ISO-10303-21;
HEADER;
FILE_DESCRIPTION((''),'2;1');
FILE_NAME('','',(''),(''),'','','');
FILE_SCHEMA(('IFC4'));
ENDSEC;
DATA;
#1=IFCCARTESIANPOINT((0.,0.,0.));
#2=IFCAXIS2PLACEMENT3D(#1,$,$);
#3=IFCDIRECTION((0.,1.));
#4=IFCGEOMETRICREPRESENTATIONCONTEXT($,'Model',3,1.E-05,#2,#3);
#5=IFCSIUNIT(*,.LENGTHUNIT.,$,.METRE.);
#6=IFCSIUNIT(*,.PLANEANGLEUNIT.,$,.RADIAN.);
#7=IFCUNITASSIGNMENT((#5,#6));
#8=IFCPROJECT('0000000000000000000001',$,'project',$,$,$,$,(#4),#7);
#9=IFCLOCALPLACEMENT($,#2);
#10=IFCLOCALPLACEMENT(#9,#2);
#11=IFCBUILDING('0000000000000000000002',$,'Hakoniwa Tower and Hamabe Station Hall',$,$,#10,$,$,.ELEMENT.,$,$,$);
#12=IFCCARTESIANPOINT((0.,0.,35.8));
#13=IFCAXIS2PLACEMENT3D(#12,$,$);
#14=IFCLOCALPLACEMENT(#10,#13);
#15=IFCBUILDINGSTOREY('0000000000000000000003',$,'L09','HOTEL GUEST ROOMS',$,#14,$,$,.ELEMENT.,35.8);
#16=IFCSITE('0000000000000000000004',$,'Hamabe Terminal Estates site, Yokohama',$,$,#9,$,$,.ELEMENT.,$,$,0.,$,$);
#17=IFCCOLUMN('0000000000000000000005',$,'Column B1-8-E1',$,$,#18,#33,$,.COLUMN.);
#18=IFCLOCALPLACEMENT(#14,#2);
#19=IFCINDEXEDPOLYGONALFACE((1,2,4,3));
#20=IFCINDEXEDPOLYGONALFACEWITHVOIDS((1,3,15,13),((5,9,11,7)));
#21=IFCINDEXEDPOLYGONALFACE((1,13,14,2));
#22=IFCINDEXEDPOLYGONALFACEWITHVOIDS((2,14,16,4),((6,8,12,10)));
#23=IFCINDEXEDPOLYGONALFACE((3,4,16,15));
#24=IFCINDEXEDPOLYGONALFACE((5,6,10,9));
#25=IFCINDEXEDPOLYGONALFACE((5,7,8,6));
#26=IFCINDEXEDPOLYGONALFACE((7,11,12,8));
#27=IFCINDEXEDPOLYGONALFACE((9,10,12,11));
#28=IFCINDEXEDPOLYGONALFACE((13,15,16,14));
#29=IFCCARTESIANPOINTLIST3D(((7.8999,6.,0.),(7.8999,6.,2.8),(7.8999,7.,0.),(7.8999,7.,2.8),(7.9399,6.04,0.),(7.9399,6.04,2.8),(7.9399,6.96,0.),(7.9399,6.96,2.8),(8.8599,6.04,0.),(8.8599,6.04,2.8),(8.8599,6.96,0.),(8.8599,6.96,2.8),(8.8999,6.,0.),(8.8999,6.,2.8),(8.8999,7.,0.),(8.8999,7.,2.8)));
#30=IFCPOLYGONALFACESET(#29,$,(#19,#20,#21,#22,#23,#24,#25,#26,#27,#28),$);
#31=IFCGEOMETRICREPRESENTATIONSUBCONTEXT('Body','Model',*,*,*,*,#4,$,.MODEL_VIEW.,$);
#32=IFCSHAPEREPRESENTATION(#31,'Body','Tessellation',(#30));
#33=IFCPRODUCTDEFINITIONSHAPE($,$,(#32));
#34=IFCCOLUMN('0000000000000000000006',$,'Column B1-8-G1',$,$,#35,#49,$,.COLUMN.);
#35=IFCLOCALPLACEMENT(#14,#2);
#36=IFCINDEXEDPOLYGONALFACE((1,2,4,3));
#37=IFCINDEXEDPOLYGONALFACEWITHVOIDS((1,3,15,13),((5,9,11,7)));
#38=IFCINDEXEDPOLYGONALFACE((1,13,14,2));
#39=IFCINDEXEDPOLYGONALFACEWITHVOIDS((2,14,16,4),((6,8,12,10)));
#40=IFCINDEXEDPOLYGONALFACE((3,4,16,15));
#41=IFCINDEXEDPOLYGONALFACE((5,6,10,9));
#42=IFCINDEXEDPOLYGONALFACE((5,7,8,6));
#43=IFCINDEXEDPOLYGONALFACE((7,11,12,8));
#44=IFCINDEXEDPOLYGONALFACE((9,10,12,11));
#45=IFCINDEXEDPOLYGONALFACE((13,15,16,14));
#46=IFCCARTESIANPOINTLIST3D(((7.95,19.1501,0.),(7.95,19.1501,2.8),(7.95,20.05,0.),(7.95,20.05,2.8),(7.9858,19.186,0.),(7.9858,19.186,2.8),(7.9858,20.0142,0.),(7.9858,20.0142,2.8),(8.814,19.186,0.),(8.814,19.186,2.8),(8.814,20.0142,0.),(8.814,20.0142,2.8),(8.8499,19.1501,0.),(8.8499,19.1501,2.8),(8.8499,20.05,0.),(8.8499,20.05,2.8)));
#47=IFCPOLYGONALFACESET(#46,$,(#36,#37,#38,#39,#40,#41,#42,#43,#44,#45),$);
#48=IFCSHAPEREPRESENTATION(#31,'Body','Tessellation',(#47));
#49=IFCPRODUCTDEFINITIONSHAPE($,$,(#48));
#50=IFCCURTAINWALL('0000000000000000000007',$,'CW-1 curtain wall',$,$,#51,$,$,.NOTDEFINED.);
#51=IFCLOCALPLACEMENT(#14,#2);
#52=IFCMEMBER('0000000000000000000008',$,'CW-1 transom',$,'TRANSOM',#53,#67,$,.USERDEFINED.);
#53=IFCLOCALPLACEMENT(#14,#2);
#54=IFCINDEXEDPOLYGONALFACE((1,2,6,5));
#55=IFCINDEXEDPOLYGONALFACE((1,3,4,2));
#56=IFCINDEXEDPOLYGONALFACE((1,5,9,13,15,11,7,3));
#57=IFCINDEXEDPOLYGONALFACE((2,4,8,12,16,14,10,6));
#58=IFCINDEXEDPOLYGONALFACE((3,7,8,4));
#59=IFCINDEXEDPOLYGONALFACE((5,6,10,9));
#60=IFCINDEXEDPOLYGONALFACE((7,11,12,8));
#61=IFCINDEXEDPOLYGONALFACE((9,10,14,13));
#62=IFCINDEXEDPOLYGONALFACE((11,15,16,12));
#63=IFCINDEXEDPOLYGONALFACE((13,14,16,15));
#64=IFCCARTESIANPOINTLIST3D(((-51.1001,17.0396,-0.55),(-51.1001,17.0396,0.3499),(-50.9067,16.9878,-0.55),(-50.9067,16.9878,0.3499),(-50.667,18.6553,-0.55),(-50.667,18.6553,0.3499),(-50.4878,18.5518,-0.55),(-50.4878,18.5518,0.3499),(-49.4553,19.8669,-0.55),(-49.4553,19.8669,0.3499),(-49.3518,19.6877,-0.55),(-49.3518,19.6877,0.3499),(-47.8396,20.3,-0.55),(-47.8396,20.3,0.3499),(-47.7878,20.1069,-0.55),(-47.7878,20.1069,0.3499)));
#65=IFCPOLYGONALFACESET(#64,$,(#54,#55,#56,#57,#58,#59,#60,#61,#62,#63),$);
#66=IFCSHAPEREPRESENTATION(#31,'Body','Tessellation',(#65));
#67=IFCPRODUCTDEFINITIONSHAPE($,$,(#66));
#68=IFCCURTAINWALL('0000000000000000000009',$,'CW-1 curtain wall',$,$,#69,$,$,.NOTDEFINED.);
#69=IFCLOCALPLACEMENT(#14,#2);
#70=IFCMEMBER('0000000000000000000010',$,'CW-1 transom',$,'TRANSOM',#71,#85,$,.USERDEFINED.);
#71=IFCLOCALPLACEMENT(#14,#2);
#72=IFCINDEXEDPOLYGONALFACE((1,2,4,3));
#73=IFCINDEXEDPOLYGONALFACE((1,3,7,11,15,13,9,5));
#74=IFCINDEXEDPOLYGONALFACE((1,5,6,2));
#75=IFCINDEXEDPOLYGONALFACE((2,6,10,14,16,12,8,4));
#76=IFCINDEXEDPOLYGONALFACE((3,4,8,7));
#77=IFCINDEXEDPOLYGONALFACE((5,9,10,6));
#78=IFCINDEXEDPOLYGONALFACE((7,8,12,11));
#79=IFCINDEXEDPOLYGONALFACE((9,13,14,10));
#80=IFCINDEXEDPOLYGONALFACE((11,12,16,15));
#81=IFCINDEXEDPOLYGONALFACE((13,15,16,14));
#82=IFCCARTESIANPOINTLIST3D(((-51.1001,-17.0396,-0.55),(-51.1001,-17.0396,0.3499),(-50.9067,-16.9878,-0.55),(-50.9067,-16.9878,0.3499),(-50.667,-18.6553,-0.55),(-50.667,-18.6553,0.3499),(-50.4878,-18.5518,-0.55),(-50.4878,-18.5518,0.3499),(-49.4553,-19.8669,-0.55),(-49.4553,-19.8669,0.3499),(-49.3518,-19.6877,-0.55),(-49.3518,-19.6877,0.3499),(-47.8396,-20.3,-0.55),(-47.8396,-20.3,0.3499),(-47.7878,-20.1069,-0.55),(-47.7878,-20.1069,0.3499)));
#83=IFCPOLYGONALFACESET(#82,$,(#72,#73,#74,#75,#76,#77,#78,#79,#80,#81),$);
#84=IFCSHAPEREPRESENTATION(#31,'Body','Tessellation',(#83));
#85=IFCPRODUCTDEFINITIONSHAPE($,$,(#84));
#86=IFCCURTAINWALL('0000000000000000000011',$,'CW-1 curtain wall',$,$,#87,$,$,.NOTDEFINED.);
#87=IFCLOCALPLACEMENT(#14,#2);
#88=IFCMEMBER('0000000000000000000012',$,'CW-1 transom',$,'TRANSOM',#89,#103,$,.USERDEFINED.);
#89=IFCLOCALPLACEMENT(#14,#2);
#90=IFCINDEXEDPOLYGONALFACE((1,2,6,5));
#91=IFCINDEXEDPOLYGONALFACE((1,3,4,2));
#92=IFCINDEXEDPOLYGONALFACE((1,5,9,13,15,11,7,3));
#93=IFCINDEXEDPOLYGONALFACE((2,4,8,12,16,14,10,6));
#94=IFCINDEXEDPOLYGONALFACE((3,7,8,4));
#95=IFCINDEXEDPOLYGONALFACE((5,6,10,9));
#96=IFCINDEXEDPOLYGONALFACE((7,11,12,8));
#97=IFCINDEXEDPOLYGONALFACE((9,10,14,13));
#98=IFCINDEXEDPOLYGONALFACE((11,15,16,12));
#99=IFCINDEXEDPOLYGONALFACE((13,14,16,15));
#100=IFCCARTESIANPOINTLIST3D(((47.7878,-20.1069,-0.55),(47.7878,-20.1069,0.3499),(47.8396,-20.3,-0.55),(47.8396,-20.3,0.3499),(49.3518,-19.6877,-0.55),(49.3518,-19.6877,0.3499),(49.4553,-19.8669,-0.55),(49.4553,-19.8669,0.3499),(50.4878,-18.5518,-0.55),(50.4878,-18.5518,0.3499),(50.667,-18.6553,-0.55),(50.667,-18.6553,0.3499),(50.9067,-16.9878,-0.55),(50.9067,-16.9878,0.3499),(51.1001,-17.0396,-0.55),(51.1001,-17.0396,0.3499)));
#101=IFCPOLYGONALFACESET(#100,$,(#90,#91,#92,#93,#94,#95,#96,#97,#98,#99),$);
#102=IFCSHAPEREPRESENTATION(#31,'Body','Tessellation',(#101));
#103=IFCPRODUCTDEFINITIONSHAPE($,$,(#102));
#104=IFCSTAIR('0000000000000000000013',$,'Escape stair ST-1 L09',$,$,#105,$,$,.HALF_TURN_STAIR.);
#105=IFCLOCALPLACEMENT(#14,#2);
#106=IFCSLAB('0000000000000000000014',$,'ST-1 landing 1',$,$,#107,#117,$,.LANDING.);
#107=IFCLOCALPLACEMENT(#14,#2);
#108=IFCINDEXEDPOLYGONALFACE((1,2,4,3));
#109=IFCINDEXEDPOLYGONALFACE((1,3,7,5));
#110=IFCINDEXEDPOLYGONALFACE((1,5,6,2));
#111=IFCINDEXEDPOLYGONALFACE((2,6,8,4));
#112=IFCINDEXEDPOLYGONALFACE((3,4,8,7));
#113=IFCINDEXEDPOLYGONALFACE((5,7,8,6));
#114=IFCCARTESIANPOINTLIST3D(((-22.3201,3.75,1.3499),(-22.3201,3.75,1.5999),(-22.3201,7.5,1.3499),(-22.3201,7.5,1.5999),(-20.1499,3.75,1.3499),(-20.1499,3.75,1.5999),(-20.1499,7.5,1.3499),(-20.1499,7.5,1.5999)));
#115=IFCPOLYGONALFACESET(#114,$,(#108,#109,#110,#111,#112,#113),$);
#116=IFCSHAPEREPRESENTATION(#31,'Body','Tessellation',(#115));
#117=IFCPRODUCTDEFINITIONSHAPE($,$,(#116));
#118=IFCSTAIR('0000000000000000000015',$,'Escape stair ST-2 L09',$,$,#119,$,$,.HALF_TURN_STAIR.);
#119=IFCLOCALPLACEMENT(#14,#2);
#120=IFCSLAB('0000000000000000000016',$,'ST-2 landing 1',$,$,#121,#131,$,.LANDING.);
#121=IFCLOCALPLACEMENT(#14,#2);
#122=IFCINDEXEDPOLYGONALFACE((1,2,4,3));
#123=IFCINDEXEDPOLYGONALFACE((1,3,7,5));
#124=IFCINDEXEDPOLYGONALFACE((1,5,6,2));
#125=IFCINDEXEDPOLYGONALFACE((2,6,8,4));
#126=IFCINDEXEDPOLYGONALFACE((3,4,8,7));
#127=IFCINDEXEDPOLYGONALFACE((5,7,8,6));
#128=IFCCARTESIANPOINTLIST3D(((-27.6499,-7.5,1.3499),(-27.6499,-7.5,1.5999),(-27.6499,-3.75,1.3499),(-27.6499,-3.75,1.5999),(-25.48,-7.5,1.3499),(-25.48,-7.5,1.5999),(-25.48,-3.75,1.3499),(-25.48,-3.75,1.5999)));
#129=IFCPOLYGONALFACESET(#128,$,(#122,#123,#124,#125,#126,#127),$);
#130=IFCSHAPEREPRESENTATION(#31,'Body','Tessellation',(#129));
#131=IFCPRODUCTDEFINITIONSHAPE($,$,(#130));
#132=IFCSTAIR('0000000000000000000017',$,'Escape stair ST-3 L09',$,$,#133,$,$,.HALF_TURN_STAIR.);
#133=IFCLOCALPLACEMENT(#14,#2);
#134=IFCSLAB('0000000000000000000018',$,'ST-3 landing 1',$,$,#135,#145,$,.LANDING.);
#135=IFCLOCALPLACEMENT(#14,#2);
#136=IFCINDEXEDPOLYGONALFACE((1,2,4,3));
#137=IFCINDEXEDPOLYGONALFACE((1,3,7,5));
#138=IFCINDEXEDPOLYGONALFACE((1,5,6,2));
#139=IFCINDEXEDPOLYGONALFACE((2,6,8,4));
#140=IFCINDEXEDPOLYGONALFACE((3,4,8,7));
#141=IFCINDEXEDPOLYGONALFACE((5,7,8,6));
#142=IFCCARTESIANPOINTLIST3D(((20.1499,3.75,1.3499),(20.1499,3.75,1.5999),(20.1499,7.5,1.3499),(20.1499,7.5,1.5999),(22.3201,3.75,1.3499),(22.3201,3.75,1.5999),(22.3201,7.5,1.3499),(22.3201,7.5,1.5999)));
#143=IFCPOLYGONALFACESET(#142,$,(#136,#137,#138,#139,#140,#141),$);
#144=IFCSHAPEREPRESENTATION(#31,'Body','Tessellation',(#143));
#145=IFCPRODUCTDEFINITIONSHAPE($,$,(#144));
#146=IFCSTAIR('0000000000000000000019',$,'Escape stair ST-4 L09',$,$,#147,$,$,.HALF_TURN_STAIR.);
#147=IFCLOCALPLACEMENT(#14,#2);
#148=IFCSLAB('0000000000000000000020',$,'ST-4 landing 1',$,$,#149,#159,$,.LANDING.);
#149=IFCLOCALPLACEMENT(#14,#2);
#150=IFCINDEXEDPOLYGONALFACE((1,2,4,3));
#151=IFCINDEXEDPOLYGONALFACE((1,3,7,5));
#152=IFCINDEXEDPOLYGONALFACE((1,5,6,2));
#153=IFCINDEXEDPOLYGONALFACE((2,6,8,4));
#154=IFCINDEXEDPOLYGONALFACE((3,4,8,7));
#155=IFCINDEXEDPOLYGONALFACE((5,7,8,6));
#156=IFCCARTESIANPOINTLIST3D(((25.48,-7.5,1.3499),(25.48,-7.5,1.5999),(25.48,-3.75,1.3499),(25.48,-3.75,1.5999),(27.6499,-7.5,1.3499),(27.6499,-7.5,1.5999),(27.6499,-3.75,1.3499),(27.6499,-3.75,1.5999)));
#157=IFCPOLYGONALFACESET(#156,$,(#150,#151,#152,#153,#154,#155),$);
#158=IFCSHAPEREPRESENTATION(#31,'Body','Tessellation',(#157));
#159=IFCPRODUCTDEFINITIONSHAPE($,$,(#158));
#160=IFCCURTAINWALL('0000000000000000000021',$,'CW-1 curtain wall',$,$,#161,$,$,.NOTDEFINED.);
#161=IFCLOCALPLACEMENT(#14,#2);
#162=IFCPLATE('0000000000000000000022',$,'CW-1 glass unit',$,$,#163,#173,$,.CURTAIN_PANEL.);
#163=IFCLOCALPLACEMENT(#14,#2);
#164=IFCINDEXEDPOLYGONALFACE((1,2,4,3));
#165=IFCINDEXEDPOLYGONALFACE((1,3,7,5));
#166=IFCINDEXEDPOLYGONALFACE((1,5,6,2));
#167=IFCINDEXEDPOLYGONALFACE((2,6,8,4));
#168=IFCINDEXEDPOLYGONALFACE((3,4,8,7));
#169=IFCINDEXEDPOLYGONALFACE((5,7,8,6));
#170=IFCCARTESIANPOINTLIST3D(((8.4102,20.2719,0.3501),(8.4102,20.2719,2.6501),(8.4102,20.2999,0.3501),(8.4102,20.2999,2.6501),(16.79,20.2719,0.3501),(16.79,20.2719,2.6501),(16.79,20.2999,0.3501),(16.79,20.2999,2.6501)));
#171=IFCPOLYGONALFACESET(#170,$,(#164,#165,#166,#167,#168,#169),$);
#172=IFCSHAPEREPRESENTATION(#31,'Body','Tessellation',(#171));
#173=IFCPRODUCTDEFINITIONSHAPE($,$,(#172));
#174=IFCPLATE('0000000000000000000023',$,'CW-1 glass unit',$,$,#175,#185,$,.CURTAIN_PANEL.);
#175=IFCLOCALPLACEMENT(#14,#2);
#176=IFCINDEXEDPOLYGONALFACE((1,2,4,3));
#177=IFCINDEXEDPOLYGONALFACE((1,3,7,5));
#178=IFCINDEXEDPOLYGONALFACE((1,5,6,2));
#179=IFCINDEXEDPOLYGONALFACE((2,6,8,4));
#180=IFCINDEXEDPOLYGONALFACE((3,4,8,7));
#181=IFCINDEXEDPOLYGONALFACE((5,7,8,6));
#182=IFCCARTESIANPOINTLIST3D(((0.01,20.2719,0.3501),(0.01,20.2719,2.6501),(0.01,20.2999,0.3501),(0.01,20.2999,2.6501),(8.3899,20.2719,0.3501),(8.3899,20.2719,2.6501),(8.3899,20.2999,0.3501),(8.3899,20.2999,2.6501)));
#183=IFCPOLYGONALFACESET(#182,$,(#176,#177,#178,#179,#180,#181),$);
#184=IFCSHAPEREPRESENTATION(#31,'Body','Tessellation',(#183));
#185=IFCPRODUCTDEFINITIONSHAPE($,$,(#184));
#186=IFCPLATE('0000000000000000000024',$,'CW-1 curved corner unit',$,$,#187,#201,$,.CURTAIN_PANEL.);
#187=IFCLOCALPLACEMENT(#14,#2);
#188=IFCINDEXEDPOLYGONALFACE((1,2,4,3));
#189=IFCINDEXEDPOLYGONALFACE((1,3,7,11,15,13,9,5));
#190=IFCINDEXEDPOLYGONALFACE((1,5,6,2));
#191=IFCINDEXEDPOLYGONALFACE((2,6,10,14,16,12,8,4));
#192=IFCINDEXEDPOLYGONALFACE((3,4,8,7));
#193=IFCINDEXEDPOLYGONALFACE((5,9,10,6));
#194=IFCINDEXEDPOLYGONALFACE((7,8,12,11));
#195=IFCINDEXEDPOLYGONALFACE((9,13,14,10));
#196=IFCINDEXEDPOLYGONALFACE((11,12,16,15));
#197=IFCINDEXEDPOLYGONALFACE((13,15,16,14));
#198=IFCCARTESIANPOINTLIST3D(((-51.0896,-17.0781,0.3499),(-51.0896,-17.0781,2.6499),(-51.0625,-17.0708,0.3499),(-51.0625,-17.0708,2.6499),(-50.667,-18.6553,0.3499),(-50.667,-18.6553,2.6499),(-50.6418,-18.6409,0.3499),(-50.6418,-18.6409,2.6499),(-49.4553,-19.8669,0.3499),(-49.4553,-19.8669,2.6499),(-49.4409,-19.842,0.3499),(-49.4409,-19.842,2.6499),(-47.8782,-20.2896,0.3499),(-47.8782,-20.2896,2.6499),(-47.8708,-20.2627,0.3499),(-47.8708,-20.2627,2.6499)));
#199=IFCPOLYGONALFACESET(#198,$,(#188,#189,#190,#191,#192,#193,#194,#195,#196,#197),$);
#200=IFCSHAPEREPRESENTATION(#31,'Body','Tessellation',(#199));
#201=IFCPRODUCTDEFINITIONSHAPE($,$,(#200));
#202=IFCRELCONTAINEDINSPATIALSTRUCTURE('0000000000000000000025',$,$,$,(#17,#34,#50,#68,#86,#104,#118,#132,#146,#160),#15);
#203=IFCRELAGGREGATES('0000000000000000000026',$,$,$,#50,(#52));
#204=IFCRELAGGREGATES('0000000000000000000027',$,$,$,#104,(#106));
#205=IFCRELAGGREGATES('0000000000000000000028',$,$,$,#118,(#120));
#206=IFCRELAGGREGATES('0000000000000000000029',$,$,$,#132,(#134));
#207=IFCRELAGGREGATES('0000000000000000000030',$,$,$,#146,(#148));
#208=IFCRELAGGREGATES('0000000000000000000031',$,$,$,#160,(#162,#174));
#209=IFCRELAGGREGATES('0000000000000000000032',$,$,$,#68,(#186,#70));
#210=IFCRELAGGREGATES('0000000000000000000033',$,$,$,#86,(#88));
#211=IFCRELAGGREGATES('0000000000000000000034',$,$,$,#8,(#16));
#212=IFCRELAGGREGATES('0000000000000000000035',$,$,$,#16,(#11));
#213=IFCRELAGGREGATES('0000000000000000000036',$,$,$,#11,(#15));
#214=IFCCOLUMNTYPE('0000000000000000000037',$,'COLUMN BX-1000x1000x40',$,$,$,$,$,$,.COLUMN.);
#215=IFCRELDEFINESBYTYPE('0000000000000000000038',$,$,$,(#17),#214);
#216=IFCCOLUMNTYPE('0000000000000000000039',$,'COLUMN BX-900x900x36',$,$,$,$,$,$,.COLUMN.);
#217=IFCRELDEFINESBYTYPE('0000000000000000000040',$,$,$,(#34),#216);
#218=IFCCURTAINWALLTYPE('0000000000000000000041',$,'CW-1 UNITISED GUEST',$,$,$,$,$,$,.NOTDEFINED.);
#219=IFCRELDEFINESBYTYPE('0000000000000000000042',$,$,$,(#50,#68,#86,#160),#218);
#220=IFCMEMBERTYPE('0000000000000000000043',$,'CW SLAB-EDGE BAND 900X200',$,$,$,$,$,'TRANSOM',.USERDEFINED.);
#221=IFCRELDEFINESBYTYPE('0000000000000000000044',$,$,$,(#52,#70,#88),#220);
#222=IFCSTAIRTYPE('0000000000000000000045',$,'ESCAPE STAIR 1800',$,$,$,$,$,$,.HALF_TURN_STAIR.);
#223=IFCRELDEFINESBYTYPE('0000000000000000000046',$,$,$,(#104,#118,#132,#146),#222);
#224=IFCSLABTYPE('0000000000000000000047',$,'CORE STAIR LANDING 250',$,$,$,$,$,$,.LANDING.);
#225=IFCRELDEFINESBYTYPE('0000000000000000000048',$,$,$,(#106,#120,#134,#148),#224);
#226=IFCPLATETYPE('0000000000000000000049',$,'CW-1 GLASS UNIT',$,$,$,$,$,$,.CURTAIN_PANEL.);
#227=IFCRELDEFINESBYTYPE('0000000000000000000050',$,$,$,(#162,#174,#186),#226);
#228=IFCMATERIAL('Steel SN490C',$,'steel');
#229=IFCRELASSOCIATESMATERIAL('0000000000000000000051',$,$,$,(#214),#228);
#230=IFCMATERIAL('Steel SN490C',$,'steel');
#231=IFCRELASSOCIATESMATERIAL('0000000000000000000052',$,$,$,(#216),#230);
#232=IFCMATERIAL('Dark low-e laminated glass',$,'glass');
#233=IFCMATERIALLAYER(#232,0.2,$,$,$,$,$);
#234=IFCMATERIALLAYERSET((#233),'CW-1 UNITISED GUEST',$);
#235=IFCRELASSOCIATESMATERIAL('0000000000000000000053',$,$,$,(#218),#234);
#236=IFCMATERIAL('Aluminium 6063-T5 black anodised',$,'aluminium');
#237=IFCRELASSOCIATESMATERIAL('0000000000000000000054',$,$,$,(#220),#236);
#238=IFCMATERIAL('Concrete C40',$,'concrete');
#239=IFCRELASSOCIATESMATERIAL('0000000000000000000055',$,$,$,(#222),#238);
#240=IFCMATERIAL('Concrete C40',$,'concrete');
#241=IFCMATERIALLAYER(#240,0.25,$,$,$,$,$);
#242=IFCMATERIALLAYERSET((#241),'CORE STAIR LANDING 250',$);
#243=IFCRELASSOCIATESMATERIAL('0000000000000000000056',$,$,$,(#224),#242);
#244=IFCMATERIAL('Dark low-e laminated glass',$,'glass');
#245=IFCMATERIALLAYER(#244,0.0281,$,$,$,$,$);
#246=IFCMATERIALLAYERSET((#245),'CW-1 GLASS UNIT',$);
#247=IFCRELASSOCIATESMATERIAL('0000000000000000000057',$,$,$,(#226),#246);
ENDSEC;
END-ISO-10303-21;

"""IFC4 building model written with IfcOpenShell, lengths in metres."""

from ifc_helpers import new_model, si_unit, direction, frame, origin, origin_2d, place, context, subcontext, project, spatial, polyline, rectangle, hollow_rectangle, outline, extrude, material, layer, layer_set, material_profile, profile_set, type_object, element, aggregate, save


model = new_model("IFC4")

# Units and contexts
model_context = context("Model", 3, precision=1e-05, world=origin(), true_north=direction((0.0, 1.0)))
body_context = subcontext(model_context, "Body", "Model", "MODEL_VIEW")
ifc_project = project(units=[si_unit("LENGTHUNIT", "METRE"), si_unit("PLANEANGLEUNIT", "RADIAN")], contexts=[model_context])

# Site, building, storey
site_placement = place(None, origin())
site = spatial("IfcSite", under=ifc_project, at=site_placement, Name="Hamabe Terminal Estates site, Yokohama", CompositionType="ELEMENT", RefElevation=0.0)
building_placement = place(site_placement, origin())
building = spatial("IfcBuilding", under=site, at=building_placement, Name="Hakoniwa Tower and Hamabe Station Hall", CompositionType="ELEMENT")
storey_placement = place(building_placement, frame((0.0, 0.0, 35.8)))
storey = spatial("IfcBuildingStorey", under=building, at=storey_placement, Name="L09", Description="HOTEL GUEST ROOMS", CompositionType="ELEMENT", Elevation=35.8)

# Columns
ifc_material_1 = material(Name="Steel SN490C", Category="steel")
ifc_material_profile_1 = material_profile(ifc_material_1, hollow_rectangle(XDim=1.0, YDim=1.0, WallThickness=0.04, at=origin_2d()), Name="BX-1000x1000x40")
ifc_profile_set_1 = profile_set([ifc_material_profile_1], Name="Steel SN490C")
column_type_1 = type_object("IfcColumnType", Name="COLUMN BX-1000x1000x40", PredefinedType="COLUMN", material=ifc_profile_set_1)
column_1_placement = place(storey_placement, frame((8.3999, 6.5, 0.0), z_axis=(0.0, 0.0, 1.0), x_axis=(1.0, 0.0, 0.0)))
element("IfcColumn", 1, at=column_1_placement, inside=storey, type_object=column_type_1, Name="Column B1-8-E1", PredefinedType="COLUMN", context=body_context, shape_type="SweptSolid", body=[
    extrude(hollow_rectangle(XDim=1.0, YDim=1.0, WallThickness=0.04, at=origin_2d()), origin(), (0.0, 0.0, 1.0), 2.8),
])
ifc_material_2 = material(Name="Steel SN490C", Category="steel")
ifc_material_profile_2 = material_profile(ifc_material_2, hollow_rectangle(XDim=0.8999, YDim=0.8999, WallThickness=0.0359, at=origin_2d()), Name="BX-900x900x36")
ifc_profile_set_2 = profile_set([ifc_material_profile_2], Name="Steel SN490C")
column_type_2 = type_object("IfcColumnType", Name="COLUMN BX-900x900x36", PredefinedType="COLUMN", material=ifc_profile_set_2)
column_2_placement = place(storey_placement, frame((8.3999, 19.6001, 0.0), z_axis=(0.0, 0.0, 1.0), x_axis=(1.0, 0.0, 0.0)))
element("IfcColumn", 2, at=column_2_placement, inside=storey, type_object=column_type_2, Name="Column B1-8-G1", PredefinedType="COLUMN", context=body_context, shape_type="SweptSolid", body=[
    extrude(hollow_rectangle(XDim=0.8999, YDim=0.8999, WallThickness=0.0359, at=origin_2d()), origin(), (0.0, 0.0, 1.0), 2.8),
])

# Curtain walls, members
ifc_material_3 = material(Name="Dark low-e laminated glass", Category="glass")
ifc_layer_1 = layer(ifc_material_3, 0.2)
ifc_layer_set_1 = layer_set([ifc_layer_1], Name="CW-1 UNITISED GUEST")
curtain_wall_type = type_object("IfcCurtainWallType", Name="CW-1 UNITISED GUEST", PredefinedType="NOTDEFINED", material=ifc_layer_set_1)
curtain_wall_1_placement = place(storey_placement, origin())
curtain_wall_1 = element("IfcCurtainWall", 3, at=curtain_wall_1_placement, inside=storey, type_object=curtain_wall_type, Name="CW-1 curtain wall", PredefinedType="NOTDEFINED")
ifc_material_4 = material(Name="Aluminium 6063-T5 black anodised", Category="aluminium")
ifc_material_profile_3 = material_profile(ifc_material_4, rectangle(XDim=0.2, YDim=0.8999, at=origin_2d()), Name="CW SLAB-EDGE BAND 900X200")
ifc_profile_set_3 = profile_set([ifc_material_profile_3], Name="Aluminium 6063-T5 black anodised")
member_type = type_object("IfcMemberType", Name="CW SLAB-EDGE BAND 900X200", ElementType="TRANSOM", PredefinedType="USERDEFINED", material=ifc_profile_set_3)
member_1_placement = place(storey_placement, frame((0.0, 0.0, -0.55)))
member_1 = element("IfcMember", 4, at=member_1_placement, type_object=member_type, Name="CW-1 transom", ObjectType="TRANSOM", PredefinedType="USERDEFINED", context=body_context, shape_type="SweptSolid", body=[
    extrude(outline(polyline([(-47.8396, 20.3), (-49.4553, 19.8669), (-50.667, 18.6553), (-51.1001, 17.0396), (-50.9067, 16.9878), (-50.4878, 18.5518), (-49.3518, 19.6877), (-47.7878, 20.1069), (-47.8396, 20.3)])), origin(), (0.0, 0.0, 1.0), 0.8999),
])
aggregate(curtain_wall_1, [member_1])
curtain_wall_2_placement = place(storey_placement, origin())
curtain_wall_2 = element("IfcCurtainWall", 5, at=curtain_wall_2_placement, inside=storey, type_object=curtain_wall_type, Name="CW-1 curtain wall", PredefinedType="NOTDEFINED")
member_2_placement = place(storey_placement, frame((0.0, 0.0, -0.55)))
member_2 = element("IfcMember", 6, at=member_2_placement, type_object=member_type, Name="CW-1 transom", ObjectType="TRANSOM", PredefinedType="USERDEFINED", context=body_context, shape_type="SweptSolid", body=[
    extrude(outline(polyline([(-51.1001, -17.0396), (-50.667, -18.6553), (-49.4553, -19.8669), (-47.8396, -20.3), (-47.7878, -20.1069), (-49.3518, -19.6877), (-50.4878, -18.5518), (-50.9067, -16.9878), (-51.1001, -17.0396)])), origin(), (0.0, 0.0, 1.0), 0.8999),
])
curtain_wall_3_placement = place(storey_placement, origin())
curtain_wall_3 = element("IfcCurtainWall", 7, at=curtain_wall_3_placement, inside=storey, type_object=curtain_wall_type, Name="CW-1 curtain wall", PredefinedType="NOTDEFINED")
member_3_placement = place(storey_placement, frame((0.0, 0.0, -0.55)))
member_3 = element("IfcMember", 8, at=member_3_placement, type_object=member_type, Name="CW-1 transom", ObjectType="TRANSOM", PredefinedType="USERDEFINED", context=body_context, shape_type="SweptSolid", body=[
    extrude(outline(polyline([(47.8396, -20.3), (49.4553, -19.8669), (50.667, -18.6553), (51.1001, -17.0396), (50.9067, -16.9878), (50.4878, -18.5518), (49.3518, -19.6877), (47.7878, -20.1069), (47.8396, -20.3)])), origin(), (0.0, 0.0, 1.0), 0.8999),
])

# Stairs, slabs
ifc_material_5 = material(Name="Concrete C40", Category="concrete")
stair_type = type_object("IfcStairType", Name="ESCAPE STAIR 1800", PredefinedType="HALF_TURN_STAIR", material=ifc_material_5)
stair_1_placement = place(storey_placement, origin())
stair_1 = element("IfcStair", 9, at=stair_1_placement, inside=storey, type_object=stair_type, Name="Escape stair ST-1 L09", PredefinedType="HALF_TURN_STAIR")
ifc_material_6 = material(Name="Concrete C40", Category="concrete")
ifc_layer_2 = layer(ifc_material_6, 0.25)
ifc_layer_set_2 = layer_set([ifc_layer_2], Name="CORE STAIR LANDING 250")
slab_type = type_object("IfcSlabType", Name="CORE STAIR LANDING 250", PredefinedType="LANDING", material=ifc_layer_set_2)
slab_1_placement = place(storey_placement, frame((0.0, 0.0, 1.3499)))
slab_1 = element("IfcSlab", 10, at=slab_1_placement, type_object=slab_type, Name="ST-1 landing 1", PredefinedType="LANDING", context=body_context, shape_type="SweptSolid", body=[
    extrude(outline(polyline([(-22.3201, 3.75), (-20.1499, 3.75), (-20.1499, 7.5), (-22.3201, 7.5), (-22.3201, 3.75)])), origin(), (0.0, 0.0, 1.0), 0.25),
])
aggregate(stair_1, [slab_1])
stair_2_placement = place(storey_placement, origin())
stair_2 = element("IfcStair", 11, at=stair_2_placement, inside=storey, type_object=stair_type, Name="Escape stair ST-2 L09", PredefinedType="HALF_TURN_STAIR")
slab_2_placement = place(storey_placement, frame((0.0, 0.0, 1.3499)))
slab_2 = element("IfcSlab", 12, at=slab_2_placement, type_object=slab_type, Name="ST-2 landing 1", PredefinedType="LANDING", context=body_context, shape_type="SweptSolid", body=[
    extrude(outline(polyline([(-25.48, -7.5), (-27.6499, -7.5), (-27.6499, -3.75), (-25.48, -3.75), (-25.48, -7.5)])), origin(), (0.0, 0.0, 1.0), 0.25),
])
aggregate(stair_2, [slab_2])
stair_3_placement = place(storey_placement, origin())
stair_3 = element("IfcStair", 13, at=stair_3_placement, inside=storey, type_object=stair_type, Name="Escape stair ST-3 L09", PredefinedType="HALF_TURN_STAIR")
slab_3_placement = place(storey_placement, frame((0.0, 0.0, 1.3499)))
slab_3 = element("IfcSlab", 14, at=slab_3_placement, type_object=slab_type, Name="ST-3 landing 1", PredefinedType="LANDING", context=body_context, shape_type="SweptSolid", body=[
    extrude(outline(polyline([(22.3201, 3.75), (20.1499, 3.75), (20.1499, 7.5), (22.3201, 7.5), (22.3201, 3.75)])), origin(), (0.0, 0.0, 1.0), 0.25),
])
aggregate(stair_3, [slab_3])
stair_4_placement = place(storey_placement, origin())
stair_4 = element("IfcStair", 15, at=stair_4_placement, inside=storey, type_object=stair_type, Name="Escape stair ST-4 L09", PredefinedType="HALF_TURN_STAIR")
slab_4_placement = place(storey_placement, frame((0.0, 0.0, 1.3499)))
slab_4 = element("IfcSlab", 16, at=slab_4_placement, type_object=slab_type, Name="ST-4 landing 1", PredefinedType="LANDING", context=body_context, shape_type="SweptSolid", body=[
    extrude(outline(polyline([(25.48, -7.5), (27.6499, -7.5), (27.6499, -3.75), (25.48, -3.75), (25.48, -7.5)])), origin(), (0.0, 0.0, 1.0), 0.25),
])
aggregate(stair_4, [slab_4])

# Curtain wall, plates
curtain_wall_4_placement = place(storey_placement, origin())
curtain_wall_4 = element("IfcCurtainWall", 17, at=curtain_wall_4_placement, inside=storey, type_object=curtain_wall_type, Name="CW-1 curtain wall", PredefinedType="NOTDEFINED")
ifc_material_7 = material(Name="Dark low-e laminated glass", Category="glass")
ifc_layer_3 = layer(ifc_material_7, 0.0281)
ifc_layer_set_3 = layer_set([ifc_layer_3], Name="CW-1 GLASS UNIT")
plate_type = type_object("IfcPlateType", Name="CW-1 GLASS UNIT", PredefinedType="CURTAIN_PANEL", material=ifc_layer_set_3)
plate_1_placement = place(storey_placement, frame((12.6001, 20.2859, 0.3501), z_axis=(0.0, 0.0, 1.0), x_axis=(-1.0, 0.0, 0.0)))
plate_1 = element("IfcPlate", 18, at=plate_1_placement, type_object=plate_type, Name="CW-1 glass unit", PredefinedType="CURTAIN_PANEL", context=body_context, shape_type="SweptSolid", body=[
    extrude(rectangle(XDim=8.3799, YDim=0.0281, at=origin_2d()), origin(), (0.0, 0.0, 1.0), 2.3),
])
plate_2_placement = place(storey_placement, frame((4.2, 20.2859, 0.3501), z_axis=(0.0, 0.0, 1.0), x_axis=(-1.0, 0.0, 0.0)))
plate_2 = element("IfcPlate", 19, at=plate_2_placement, type_object=plate_type, Name="CW-1 glass unit", PredefinedType="CURTAIN_PANEL", context=body_context, shape_type="SweptSolid", body=[
    extrude(rectangle(XDim=8.3799, YDim=0.0281, at=origin_2d()), origin(), (0.0, 0.0, 1.0), 2.3),
])
aggregate(curtain_wall_4, [plate_1, plate_2])

# Plate
plate_3_placement = place(storey_placement, frame((0.0, 0.0, 0.3499)))
plate_3 = element("IfcPlate", 20, at=plate_3_placement, type_object=plate_type, Name="CW-1 curved corner unit", PredefinedType="CURTAIN_PANEL", context=body_context, shape_type="SweptSolid", body=[
    extrude(outline(polyline([(-51.0896, -17.0781), (-50.667, -18.6553), (-49.4553, -19.8669), (-47.8782, -20.2896), (-47.8708, -20.2627), (-49.4409, -19.842), (-50.6418, -18.6409), (-51.0625, -17.0708), (-51.0896, -17.0781)])), origin(), (0.0, 0.0, 1.0), 2.3),
])
aggregate(curtain_wall_2, [plate_3, member_2])
aggregate(curtain_wall_3, [member_3])

save(model, "model.ifc")
